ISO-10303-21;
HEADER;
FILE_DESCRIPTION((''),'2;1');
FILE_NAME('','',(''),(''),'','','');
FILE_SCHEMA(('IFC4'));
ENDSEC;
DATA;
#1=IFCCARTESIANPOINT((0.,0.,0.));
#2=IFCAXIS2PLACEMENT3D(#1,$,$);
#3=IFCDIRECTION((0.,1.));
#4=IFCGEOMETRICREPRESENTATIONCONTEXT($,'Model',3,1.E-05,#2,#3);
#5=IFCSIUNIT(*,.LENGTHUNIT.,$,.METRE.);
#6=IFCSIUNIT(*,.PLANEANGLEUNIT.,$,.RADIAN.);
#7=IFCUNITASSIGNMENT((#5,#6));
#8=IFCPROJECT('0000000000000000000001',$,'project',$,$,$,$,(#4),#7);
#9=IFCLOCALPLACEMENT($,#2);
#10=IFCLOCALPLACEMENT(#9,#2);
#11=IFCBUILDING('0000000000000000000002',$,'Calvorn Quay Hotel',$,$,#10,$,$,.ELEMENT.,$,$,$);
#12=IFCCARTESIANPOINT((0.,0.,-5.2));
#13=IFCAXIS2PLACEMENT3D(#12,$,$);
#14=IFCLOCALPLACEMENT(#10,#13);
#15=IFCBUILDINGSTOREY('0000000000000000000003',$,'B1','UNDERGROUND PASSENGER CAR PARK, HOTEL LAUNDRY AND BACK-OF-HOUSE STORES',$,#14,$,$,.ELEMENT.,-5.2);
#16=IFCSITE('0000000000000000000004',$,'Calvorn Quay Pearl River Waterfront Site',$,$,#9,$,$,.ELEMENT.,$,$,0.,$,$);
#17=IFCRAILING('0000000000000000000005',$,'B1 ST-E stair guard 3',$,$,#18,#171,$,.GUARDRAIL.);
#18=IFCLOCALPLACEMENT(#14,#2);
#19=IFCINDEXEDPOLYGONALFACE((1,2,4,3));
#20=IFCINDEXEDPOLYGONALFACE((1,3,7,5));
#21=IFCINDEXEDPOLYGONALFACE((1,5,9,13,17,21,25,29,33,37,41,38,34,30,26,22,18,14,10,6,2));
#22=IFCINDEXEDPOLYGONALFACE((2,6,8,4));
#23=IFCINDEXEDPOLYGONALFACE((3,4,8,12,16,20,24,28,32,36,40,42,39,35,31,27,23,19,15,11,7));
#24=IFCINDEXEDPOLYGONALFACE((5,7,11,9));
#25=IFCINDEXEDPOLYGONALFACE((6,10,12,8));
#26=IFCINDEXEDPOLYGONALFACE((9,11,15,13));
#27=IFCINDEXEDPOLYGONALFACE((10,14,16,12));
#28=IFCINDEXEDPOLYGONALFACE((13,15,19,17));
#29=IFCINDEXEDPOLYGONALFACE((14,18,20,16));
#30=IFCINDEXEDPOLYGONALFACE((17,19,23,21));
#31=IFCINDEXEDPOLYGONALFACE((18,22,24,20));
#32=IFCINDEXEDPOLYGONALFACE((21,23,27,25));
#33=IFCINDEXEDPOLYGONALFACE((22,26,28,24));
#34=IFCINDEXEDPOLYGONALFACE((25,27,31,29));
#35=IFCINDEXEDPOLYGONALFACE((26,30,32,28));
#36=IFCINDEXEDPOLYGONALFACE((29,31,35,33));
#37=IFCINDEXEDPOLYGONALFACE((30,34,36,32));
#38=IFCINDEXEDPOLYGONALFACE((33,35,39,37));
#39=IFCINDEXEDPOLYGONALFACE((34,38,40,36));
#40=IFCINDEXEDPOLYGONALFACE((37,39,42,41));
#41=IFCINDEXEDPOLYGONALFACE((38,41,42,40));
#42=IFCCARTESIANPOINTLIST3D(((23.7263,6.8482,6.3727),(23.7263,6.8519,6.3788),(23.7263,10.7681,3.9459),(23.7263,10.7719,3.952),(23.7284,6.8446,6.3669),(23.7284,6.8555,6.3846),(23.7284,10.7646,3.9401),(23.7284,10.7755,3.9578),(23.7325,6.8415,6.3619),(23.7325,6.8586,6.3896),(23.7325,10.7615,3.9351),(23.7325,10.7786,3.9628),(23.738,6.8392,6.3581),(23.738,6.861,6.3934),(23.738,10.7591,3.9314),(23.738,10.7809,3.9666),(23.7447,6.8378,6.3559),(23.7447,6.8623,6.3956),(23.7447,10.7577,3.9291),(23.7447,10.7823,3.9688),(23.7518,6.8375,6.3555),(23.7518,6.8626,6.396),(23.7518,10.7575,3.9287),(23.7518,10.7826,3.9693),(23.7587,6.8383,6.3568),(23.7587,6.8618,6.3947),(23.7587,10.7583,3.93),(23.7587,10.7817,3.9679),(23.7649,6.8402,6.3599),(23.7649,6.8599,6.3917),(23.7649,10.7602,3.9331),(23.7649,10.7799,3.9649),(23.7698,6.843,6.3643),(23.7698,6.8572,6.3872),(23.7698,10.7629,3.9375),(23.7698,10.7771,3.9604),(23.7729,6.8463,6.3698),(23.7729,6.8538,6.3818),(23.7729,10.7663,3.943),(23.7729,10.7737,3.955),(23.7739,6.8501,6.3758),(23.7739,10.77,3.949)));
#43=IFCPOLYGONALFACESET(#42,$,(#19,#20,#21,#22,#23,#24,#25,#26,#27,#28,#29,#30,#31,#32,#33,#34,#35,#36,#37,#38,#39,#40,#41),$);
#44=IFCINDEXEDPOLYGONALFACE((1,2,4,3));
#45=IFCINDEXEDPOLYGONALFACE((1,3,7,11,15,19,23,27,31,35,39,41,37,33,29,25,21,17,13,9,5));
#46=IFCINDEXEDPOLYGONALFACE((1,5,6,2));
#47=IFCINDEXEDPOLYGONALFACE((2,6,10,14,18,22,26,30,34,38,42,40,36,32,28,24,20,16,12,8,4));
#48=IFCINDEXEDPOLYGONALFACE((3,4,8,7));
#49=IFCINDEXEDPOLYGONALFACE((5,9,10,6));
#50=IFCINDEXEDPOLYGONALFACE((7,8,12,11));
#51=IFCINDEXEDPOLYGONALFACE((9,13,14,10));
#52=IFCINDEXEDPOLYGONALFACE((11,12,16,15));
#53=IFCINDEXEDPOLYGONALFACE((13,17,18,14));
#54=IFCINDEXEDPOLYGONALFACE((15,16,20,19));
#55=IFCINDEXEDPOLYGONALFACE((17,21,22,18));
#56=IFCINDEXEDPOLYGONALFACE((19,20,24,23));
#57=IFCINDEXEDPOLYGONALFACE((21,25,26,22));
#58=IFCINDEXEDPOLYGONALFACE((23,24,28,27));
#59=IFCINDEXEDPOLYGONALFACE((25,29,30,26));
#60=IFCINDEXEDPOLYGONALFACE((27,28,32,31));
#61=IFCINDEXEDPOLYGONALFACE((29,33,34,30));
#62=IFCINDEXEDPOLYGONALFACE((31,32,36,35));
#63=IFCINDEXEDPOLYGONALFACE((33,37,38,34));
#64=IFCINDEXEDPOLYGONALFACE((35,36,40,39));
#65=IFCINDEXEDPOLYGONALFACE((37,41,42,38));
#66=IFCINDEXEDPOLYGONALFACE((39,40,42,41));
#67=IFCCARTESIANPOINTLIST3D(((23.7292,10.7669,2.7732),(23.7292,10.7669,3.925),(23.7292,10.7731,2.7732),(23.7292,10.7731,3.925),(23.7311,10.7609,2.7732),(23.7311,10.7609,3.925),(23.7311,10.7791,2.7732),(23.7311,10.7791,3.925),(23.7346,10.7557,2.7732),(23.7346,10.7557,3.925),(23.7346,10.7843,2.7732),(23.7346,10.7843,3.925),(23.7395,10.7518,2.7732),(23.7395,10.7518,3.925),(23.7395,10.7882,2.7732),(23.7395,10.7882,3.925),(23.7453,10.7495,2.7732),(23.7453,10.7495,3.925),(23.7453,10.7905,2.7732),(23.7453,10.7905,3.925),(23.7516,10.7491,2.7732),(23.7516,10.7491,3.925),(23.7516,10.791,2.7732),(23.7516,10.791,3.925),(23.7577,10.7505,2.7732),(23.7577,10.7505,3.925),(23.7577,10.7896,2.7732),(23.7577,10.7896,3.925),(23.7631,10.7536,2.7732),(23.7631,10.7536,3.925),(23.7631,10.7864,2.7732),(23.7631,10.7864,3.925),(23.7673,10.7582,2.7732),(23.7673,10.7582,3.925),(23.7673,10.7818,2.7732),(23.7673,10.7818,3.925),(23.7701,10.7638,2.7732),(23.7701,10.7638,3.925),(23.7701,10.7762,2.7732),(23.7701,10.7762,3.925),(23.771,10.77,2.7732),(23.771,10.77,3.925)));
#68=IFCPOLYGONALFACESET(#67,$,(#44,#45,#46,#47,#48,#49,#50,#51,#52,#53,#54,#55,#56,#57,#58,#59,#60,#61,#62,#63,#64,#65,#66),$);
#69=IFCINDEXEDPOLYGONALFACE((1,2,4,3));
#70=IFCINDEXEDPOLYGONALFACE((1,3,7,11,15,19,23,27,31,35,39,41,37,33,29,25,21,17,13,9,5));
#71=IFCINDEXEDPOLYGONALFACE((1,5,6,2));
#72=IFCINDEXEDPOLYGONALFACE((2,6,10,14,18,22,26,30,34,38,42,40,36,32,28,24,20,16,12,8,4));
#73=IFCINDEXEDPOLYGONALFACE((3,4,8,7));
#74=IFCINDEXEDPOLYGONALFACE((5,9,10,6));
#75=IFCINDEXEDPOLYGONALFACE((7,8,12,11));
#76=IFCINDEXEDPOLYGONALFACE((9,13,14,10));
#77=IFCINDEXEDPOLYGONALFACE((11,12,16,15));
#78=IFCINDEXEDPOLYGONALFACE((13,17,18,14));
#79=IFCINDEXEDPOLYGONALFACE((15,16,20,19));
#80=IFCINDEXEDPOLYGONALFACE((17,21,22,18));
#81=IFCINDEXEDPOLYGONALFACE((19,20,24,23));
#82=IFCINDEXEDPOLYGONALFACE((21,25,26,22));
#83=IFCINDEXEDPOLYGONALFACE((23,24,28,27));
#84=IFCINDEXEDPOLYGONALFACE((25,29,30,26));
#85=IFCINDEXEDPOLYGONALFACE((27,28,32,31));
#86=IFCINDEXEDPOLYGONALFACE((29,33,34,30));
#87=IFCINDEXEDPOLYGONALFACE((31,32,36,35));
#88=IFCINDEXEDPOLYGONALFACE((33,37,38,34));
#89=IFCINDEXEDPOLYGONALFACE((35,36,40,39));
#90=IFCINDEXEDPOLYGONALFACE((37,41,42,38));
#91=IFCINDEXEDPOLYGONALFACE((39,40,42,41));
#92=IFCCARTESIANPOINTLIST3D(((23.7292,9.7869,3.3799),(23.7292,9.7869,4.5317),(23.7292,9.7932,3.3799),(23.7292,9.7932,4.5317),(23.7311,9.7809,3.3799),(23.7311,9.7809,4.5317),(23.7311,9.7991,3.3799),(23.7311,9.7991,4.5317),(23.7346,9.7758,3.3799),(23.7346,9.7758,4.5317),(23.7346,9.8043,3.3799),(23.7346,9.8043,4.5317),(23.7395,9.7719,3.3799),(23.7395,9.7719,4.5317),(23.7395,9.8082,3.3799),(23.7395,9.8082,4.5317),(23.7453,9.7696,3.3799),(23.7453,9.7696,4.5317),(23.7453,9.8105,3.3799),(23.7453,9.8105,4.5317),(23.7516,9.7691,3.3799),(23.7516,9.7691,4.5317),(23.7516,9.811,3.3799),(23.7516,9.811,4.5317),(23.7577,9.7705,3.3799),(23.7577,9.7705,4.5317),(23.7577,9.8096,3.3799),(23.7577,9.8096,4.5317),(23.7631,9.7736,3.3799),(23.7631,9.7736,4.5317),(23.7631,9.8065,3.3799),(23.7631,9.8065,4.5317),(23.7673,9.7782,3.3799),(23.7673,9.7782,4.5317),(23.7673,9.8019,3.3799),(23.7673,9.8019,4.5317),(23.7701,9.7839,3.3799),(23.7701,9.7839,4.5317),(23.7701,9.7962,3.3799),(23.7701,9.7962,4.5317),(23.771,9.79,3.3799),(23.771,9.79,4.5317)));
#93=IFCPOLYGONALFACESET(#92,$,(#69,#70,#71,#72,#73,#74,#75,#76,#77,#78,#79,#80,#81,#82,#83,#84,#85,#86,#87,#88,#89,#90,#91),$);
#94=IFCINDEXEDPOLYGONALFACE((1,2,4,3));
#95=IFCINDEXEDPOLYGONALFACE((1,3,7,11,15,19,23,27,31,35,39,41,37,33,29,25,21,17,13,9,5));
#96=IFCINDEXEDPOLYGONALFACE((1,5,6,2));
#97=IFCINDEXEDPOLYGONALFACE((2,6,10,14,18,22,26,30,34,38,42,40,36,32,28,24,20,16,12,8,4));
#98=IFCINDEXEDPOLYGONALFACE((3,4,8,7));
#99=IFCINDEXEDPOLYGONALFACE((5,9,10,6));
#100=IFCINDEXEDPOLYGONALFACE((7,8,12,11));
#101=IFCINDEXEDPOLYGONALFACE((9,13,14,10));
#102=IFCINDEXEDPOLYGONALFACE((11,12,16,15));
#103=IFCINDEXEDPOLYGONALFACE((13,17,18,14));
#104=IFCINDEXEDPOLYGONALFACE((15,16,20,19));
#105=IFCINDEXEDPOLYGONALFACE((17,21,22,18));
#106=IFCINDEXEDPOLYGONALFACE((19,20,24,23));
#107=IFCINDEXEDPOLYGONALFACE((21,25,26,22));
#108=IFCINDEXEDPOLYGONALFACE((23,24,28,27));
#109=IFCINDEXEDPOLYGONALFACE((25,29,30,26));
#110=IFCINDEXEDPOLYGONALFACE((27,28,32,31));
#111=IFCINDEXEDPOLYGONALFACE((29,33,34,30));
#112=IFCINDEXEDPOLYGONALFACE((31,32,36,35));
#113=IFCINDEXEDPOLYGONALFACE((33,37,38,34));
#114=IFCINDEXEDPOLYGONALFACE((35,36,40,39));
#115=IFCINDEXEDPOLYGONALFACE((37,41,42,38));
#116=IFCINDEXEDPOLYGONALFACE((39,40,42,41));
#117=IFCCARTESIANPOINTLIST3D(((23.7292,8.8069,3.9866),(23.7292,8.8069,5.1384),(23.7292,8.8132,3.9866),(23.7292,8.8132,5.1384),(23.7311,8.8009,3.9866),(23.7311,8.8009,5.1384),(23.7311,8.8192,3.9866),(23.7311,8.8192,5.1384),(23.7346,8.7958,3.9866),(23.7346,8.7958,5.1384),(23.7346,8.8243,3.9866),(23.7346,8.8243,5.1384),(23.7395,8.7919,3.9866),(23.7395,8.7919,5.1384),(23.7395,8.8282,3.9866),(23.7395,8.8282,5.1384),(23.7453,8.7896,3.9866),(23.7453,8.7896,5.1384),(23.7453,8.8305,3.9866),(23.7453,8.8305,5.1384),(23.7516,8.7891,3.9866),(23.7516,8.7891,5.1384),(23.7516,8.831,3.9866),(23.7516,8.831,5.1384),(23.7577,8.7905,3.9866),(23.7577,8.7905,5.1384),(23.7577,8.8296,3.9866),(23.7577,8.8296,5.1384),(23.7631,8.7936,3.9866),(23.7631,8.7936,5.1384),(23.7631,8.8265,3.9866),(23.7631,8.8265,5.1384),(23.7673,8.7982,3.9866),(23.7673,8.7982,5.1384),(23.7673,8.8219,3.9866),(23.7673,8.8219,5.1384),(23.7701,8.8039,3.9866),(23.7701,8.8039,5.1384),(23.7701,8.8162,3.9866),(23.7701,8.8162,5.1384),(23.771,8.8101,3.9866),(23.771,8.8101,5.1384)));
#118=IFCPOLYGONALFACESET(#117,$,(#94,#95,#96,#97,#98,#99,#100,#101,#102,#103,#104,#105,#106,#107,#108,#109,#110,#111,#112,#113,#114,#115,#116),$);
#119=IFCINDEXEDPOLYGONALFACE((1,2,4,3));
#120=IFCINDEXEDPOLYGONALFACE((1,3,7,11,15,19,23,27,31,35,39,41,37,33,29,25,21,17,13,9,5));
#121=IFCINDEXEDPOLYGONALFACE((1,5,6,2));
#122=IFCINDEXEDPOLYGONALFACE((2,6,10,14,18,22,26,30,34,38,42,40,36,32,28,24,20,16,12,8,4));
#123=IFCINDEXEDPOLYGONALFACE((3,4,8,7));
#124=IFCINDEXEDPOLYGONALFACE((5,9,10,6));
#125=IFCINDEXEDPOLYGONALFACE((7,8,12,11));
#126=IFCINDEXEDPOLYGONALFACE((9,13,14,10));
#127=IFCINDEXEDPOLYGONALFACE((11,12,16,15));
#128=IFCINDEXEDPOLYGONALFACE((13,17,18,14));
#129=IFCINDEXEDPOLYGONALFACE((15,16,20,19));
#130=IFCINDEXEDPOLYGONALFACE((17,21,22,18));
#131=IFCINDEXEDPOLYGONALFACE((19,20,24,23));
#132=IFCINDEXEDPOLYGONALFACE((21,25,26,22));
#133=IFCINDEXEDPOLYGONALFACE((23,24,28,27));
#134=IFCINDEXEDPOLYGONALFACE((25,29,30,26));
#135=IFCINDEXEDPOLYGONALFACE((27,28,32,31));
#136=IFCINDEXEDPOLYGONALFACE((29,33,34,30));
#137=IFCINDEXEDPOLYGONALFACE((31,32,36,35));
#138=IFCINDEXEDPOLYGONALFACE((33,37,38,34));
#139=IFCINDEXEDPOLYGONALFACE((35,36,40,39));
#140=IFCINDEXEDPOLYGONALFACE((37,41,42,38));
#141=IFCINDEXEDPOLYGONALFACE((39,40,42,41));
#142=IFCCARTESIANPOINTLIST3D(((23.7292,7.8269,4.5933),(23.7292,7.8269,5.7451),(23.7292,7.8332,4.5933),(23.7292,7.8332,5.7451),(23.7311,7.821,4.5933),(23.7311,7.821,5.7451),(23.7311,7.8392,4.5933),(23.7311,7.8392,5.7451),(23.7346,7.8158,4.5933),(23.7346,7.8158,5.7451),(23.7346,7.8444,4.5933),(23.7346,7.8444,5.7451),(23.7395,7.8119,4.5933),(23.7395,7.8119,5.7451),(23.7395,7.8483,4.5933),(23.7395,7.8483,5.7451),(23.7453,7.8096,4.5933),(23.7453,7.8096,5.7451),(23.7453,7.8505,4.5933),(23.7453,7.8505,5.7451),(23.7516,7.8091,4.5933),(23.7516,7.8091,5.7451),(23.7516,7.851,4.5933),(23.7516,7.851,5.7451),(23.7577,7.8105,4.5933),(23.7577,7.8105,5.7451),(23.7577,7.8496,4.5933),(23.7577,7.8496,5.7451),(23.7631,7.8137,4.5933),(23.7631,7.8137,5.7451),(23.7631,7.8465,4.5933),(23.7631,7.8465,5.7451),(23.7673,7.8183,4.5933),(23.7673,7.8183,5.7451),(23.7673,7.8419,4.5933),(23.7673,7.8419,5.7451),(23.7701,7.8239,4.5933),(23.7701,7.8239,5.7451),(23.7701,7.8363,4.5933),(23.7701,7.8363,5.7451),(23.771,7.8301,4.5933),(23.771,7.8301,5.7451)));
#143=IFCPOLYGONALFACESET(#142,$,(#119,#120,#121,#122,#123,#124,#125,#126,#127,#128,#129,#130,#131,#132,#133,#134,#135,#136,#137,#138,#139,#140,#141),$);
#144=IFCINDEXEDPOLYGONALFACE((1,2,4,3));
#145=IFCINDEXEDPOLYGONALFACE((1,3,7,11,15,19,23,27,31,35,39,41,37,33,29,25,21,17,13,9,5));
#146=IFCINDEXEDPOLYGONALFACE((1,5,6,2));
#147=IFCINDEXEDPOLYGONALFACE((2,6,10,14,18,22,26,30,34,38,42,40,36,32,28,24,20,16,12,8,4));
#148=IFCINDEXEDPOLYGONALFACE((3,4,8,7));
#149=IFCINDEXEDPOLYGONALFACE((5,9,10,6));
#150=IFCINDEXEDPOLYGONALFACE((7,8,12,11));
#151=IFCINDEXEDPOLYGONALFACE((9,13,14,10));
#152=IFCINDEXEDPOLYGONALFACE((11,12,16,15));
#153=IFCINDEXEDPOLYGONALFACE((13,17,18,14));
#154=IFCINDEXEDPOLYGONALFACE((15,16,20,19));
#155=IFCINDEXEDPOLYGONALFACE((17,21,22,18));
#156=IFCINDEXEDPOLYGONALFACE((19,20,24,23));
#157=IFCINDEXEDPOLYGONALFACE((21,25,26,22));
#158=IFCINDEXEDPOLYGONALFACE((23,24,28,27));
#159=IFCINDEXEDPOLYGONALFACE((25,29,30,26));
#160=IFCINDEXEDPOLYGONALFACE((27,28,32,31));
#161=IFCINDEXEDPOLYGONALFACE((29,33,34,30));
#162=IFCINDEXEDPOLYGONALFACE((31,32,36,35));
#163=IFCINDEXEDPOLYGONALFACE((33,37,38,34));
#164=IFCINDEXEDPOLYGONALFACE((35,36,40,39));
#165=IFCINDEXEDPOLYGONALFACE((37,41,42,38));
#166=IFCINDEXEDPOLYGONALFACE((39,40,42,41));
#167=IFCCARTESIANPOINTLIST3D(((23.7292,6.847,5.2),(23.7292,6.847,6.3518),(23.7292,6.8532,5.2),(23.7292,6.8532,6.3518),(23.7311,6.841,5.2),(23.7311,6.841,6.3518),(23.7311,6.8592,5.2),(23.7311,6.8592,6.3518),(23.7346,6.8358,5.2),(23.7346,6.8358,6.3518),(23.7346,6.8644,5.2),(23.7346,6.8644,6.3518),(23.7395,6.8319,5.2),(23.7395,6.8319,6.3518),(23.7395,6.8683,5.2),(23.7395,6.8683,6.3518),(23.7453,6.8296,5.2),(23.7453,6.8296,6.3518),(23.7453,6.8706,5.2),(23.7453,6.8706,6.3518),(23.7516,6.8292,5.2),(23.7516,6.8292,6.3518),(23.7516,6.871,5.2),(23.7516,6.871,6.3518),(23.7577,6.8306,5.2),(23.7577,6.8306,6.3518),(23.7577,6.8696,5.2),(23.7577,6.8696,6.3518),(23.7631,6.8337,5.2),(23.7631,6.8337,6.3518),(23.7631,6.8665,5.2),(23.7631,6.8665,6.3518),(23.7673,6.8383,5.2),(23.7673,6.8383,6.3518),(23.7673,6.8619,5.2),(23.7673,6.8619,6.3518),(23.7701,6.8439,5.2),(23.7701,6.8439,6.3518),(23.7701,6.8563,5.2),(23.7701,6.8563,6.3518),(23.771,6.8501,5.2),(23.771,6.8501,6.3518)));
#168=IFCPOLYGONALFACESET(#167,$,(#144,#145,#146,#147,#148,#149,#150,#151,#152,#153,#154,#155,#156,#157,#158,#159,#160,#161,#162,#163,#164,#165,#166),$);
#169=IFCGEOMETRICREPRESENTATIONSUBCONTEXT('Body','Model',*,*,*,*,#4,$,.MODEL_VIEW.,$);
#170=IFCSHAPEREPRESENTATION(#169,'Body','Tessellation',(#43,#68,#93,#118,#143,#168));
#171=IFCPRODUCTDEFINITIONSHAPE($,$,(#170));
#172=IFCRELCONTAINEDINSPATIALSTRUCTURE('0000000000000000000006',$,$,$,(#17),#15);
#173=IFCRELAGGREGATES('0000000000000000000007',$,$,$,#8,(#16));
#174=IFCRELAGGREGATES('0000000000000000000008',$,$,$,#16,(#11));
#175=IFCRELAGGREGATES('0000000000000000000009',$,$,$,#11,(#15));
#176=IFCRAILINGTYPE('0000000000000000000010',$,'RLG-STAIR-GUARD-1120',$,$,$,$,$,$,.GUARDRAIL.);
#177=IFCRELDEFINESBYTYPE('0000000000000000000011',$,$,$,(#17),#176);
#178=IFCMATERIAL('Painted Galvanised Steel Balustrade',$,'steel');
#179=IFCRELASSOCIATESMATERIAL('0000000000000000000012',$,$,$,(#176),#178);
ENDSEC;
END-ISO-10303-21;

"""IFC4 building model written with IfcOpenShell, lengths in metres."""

from ifc_helpers import new_model, si_unit, direction, frame, origin, origin_2d, place, context, subcontext, project, spatial, circle, extrude, material, type_object, element, save


model = new_model("IFC4")

# Units and contexts
model_context = context("Model", 3, precision=1e-05, world=origin(), true_north=direction((0.0, 1.0)))
body_context = subcontext(model_context, "Body", "Model", "MODEL_VIEW")
ifc_project = project(units=[si_unit("LENGTHUNIT", "METRE"), si_unit("PLANEANGLEUNIT", "RADIAN")], contexts=[model_context])

# Site, building, storey
site_placement = place(None, origin())
site = spatial("IfcSite", under=ifc_project, at=site_placement, Name="Calvorn Quay Pearl River Waterfront Site", CompositionType="ELEMENT", RefElevation=0.0)
building_placement = place(site_placement, origin())
building = spatial("IfcBuilding", under=site, at=building_placement, Name="Calvorn Quay Hotel", CompositionType="ELEMENT")
storey_placement = place(building_placement, frame((0.0, 0.0, -5.2)))
storey = spatial("IfcBuildingStorey", under=building, at=storey_placement, Name="B1", Description="UNDERGROUND PASSENGER CAR PARK, HOTEL LAUNDRY AND BACK-OF-HOUSE STORES", CompositionType="ELEMENT", Elevation=-5.2)

# Railing
ifc_material_1 = material(Name="Painted Galvanised Steel Balustrade", Category="steel")
railing_type_1 = type_object("IfcRailingType", Name="RLG-STAIR-GUARD-1120", PredefinedType="GUARDRAIL", material=ifc_material_1)
railing_1_placement = place(storey_placement, frame((23.75, 10.77, 2.7732)))
element("IfcRailing", 1, at=railing_1_placement, inside=storey, type_object=railing_type_1, Name="B1 ST-E stair guard 3", PredefinedType="GUARDRAIL", context=body_context, shape_type="SweptSolid", body=[
    extrude(circle(Radius=0.0239, at=origin_2d()), frame((0.0, 0.0, 1.1758), z_axis=(0.0, -0.850252, 0.526376), x_axis=(1.0, 0.0, 0.0)), (0.0, 0.0, 1.0), 4.6104),
    extrude(circle(Radius=0.021, at=origin_2d()), origin(), (0.0, 0.0, 1.0), 1.1519),
    extrude(circle(Radius=0.021, at=origin_2d()), frame((0.0, -0.98, 0.6067)), (0.0, 0.0, 1.0), 1.1519),
    extrude(circle(Radius=0.021, at=origin_2d()), frame((0.0, -1.96, 1.2134)), (0.0, 0.0, 1.0), 1.1519),
    extrude(circle(Radius=0.021, at=origin_2d()), frame((0.0, -2.9399, 1.8201)), (0.0, 0.0, 1.0), 1.1519),
    extrude(circle(Radius=0.021, at=origin_2d()), frame((0.0, -3.9199, 2.4268)), (0.0, 0.0, 1.0), 1.1519),
])

save(model, "model.ifc")
